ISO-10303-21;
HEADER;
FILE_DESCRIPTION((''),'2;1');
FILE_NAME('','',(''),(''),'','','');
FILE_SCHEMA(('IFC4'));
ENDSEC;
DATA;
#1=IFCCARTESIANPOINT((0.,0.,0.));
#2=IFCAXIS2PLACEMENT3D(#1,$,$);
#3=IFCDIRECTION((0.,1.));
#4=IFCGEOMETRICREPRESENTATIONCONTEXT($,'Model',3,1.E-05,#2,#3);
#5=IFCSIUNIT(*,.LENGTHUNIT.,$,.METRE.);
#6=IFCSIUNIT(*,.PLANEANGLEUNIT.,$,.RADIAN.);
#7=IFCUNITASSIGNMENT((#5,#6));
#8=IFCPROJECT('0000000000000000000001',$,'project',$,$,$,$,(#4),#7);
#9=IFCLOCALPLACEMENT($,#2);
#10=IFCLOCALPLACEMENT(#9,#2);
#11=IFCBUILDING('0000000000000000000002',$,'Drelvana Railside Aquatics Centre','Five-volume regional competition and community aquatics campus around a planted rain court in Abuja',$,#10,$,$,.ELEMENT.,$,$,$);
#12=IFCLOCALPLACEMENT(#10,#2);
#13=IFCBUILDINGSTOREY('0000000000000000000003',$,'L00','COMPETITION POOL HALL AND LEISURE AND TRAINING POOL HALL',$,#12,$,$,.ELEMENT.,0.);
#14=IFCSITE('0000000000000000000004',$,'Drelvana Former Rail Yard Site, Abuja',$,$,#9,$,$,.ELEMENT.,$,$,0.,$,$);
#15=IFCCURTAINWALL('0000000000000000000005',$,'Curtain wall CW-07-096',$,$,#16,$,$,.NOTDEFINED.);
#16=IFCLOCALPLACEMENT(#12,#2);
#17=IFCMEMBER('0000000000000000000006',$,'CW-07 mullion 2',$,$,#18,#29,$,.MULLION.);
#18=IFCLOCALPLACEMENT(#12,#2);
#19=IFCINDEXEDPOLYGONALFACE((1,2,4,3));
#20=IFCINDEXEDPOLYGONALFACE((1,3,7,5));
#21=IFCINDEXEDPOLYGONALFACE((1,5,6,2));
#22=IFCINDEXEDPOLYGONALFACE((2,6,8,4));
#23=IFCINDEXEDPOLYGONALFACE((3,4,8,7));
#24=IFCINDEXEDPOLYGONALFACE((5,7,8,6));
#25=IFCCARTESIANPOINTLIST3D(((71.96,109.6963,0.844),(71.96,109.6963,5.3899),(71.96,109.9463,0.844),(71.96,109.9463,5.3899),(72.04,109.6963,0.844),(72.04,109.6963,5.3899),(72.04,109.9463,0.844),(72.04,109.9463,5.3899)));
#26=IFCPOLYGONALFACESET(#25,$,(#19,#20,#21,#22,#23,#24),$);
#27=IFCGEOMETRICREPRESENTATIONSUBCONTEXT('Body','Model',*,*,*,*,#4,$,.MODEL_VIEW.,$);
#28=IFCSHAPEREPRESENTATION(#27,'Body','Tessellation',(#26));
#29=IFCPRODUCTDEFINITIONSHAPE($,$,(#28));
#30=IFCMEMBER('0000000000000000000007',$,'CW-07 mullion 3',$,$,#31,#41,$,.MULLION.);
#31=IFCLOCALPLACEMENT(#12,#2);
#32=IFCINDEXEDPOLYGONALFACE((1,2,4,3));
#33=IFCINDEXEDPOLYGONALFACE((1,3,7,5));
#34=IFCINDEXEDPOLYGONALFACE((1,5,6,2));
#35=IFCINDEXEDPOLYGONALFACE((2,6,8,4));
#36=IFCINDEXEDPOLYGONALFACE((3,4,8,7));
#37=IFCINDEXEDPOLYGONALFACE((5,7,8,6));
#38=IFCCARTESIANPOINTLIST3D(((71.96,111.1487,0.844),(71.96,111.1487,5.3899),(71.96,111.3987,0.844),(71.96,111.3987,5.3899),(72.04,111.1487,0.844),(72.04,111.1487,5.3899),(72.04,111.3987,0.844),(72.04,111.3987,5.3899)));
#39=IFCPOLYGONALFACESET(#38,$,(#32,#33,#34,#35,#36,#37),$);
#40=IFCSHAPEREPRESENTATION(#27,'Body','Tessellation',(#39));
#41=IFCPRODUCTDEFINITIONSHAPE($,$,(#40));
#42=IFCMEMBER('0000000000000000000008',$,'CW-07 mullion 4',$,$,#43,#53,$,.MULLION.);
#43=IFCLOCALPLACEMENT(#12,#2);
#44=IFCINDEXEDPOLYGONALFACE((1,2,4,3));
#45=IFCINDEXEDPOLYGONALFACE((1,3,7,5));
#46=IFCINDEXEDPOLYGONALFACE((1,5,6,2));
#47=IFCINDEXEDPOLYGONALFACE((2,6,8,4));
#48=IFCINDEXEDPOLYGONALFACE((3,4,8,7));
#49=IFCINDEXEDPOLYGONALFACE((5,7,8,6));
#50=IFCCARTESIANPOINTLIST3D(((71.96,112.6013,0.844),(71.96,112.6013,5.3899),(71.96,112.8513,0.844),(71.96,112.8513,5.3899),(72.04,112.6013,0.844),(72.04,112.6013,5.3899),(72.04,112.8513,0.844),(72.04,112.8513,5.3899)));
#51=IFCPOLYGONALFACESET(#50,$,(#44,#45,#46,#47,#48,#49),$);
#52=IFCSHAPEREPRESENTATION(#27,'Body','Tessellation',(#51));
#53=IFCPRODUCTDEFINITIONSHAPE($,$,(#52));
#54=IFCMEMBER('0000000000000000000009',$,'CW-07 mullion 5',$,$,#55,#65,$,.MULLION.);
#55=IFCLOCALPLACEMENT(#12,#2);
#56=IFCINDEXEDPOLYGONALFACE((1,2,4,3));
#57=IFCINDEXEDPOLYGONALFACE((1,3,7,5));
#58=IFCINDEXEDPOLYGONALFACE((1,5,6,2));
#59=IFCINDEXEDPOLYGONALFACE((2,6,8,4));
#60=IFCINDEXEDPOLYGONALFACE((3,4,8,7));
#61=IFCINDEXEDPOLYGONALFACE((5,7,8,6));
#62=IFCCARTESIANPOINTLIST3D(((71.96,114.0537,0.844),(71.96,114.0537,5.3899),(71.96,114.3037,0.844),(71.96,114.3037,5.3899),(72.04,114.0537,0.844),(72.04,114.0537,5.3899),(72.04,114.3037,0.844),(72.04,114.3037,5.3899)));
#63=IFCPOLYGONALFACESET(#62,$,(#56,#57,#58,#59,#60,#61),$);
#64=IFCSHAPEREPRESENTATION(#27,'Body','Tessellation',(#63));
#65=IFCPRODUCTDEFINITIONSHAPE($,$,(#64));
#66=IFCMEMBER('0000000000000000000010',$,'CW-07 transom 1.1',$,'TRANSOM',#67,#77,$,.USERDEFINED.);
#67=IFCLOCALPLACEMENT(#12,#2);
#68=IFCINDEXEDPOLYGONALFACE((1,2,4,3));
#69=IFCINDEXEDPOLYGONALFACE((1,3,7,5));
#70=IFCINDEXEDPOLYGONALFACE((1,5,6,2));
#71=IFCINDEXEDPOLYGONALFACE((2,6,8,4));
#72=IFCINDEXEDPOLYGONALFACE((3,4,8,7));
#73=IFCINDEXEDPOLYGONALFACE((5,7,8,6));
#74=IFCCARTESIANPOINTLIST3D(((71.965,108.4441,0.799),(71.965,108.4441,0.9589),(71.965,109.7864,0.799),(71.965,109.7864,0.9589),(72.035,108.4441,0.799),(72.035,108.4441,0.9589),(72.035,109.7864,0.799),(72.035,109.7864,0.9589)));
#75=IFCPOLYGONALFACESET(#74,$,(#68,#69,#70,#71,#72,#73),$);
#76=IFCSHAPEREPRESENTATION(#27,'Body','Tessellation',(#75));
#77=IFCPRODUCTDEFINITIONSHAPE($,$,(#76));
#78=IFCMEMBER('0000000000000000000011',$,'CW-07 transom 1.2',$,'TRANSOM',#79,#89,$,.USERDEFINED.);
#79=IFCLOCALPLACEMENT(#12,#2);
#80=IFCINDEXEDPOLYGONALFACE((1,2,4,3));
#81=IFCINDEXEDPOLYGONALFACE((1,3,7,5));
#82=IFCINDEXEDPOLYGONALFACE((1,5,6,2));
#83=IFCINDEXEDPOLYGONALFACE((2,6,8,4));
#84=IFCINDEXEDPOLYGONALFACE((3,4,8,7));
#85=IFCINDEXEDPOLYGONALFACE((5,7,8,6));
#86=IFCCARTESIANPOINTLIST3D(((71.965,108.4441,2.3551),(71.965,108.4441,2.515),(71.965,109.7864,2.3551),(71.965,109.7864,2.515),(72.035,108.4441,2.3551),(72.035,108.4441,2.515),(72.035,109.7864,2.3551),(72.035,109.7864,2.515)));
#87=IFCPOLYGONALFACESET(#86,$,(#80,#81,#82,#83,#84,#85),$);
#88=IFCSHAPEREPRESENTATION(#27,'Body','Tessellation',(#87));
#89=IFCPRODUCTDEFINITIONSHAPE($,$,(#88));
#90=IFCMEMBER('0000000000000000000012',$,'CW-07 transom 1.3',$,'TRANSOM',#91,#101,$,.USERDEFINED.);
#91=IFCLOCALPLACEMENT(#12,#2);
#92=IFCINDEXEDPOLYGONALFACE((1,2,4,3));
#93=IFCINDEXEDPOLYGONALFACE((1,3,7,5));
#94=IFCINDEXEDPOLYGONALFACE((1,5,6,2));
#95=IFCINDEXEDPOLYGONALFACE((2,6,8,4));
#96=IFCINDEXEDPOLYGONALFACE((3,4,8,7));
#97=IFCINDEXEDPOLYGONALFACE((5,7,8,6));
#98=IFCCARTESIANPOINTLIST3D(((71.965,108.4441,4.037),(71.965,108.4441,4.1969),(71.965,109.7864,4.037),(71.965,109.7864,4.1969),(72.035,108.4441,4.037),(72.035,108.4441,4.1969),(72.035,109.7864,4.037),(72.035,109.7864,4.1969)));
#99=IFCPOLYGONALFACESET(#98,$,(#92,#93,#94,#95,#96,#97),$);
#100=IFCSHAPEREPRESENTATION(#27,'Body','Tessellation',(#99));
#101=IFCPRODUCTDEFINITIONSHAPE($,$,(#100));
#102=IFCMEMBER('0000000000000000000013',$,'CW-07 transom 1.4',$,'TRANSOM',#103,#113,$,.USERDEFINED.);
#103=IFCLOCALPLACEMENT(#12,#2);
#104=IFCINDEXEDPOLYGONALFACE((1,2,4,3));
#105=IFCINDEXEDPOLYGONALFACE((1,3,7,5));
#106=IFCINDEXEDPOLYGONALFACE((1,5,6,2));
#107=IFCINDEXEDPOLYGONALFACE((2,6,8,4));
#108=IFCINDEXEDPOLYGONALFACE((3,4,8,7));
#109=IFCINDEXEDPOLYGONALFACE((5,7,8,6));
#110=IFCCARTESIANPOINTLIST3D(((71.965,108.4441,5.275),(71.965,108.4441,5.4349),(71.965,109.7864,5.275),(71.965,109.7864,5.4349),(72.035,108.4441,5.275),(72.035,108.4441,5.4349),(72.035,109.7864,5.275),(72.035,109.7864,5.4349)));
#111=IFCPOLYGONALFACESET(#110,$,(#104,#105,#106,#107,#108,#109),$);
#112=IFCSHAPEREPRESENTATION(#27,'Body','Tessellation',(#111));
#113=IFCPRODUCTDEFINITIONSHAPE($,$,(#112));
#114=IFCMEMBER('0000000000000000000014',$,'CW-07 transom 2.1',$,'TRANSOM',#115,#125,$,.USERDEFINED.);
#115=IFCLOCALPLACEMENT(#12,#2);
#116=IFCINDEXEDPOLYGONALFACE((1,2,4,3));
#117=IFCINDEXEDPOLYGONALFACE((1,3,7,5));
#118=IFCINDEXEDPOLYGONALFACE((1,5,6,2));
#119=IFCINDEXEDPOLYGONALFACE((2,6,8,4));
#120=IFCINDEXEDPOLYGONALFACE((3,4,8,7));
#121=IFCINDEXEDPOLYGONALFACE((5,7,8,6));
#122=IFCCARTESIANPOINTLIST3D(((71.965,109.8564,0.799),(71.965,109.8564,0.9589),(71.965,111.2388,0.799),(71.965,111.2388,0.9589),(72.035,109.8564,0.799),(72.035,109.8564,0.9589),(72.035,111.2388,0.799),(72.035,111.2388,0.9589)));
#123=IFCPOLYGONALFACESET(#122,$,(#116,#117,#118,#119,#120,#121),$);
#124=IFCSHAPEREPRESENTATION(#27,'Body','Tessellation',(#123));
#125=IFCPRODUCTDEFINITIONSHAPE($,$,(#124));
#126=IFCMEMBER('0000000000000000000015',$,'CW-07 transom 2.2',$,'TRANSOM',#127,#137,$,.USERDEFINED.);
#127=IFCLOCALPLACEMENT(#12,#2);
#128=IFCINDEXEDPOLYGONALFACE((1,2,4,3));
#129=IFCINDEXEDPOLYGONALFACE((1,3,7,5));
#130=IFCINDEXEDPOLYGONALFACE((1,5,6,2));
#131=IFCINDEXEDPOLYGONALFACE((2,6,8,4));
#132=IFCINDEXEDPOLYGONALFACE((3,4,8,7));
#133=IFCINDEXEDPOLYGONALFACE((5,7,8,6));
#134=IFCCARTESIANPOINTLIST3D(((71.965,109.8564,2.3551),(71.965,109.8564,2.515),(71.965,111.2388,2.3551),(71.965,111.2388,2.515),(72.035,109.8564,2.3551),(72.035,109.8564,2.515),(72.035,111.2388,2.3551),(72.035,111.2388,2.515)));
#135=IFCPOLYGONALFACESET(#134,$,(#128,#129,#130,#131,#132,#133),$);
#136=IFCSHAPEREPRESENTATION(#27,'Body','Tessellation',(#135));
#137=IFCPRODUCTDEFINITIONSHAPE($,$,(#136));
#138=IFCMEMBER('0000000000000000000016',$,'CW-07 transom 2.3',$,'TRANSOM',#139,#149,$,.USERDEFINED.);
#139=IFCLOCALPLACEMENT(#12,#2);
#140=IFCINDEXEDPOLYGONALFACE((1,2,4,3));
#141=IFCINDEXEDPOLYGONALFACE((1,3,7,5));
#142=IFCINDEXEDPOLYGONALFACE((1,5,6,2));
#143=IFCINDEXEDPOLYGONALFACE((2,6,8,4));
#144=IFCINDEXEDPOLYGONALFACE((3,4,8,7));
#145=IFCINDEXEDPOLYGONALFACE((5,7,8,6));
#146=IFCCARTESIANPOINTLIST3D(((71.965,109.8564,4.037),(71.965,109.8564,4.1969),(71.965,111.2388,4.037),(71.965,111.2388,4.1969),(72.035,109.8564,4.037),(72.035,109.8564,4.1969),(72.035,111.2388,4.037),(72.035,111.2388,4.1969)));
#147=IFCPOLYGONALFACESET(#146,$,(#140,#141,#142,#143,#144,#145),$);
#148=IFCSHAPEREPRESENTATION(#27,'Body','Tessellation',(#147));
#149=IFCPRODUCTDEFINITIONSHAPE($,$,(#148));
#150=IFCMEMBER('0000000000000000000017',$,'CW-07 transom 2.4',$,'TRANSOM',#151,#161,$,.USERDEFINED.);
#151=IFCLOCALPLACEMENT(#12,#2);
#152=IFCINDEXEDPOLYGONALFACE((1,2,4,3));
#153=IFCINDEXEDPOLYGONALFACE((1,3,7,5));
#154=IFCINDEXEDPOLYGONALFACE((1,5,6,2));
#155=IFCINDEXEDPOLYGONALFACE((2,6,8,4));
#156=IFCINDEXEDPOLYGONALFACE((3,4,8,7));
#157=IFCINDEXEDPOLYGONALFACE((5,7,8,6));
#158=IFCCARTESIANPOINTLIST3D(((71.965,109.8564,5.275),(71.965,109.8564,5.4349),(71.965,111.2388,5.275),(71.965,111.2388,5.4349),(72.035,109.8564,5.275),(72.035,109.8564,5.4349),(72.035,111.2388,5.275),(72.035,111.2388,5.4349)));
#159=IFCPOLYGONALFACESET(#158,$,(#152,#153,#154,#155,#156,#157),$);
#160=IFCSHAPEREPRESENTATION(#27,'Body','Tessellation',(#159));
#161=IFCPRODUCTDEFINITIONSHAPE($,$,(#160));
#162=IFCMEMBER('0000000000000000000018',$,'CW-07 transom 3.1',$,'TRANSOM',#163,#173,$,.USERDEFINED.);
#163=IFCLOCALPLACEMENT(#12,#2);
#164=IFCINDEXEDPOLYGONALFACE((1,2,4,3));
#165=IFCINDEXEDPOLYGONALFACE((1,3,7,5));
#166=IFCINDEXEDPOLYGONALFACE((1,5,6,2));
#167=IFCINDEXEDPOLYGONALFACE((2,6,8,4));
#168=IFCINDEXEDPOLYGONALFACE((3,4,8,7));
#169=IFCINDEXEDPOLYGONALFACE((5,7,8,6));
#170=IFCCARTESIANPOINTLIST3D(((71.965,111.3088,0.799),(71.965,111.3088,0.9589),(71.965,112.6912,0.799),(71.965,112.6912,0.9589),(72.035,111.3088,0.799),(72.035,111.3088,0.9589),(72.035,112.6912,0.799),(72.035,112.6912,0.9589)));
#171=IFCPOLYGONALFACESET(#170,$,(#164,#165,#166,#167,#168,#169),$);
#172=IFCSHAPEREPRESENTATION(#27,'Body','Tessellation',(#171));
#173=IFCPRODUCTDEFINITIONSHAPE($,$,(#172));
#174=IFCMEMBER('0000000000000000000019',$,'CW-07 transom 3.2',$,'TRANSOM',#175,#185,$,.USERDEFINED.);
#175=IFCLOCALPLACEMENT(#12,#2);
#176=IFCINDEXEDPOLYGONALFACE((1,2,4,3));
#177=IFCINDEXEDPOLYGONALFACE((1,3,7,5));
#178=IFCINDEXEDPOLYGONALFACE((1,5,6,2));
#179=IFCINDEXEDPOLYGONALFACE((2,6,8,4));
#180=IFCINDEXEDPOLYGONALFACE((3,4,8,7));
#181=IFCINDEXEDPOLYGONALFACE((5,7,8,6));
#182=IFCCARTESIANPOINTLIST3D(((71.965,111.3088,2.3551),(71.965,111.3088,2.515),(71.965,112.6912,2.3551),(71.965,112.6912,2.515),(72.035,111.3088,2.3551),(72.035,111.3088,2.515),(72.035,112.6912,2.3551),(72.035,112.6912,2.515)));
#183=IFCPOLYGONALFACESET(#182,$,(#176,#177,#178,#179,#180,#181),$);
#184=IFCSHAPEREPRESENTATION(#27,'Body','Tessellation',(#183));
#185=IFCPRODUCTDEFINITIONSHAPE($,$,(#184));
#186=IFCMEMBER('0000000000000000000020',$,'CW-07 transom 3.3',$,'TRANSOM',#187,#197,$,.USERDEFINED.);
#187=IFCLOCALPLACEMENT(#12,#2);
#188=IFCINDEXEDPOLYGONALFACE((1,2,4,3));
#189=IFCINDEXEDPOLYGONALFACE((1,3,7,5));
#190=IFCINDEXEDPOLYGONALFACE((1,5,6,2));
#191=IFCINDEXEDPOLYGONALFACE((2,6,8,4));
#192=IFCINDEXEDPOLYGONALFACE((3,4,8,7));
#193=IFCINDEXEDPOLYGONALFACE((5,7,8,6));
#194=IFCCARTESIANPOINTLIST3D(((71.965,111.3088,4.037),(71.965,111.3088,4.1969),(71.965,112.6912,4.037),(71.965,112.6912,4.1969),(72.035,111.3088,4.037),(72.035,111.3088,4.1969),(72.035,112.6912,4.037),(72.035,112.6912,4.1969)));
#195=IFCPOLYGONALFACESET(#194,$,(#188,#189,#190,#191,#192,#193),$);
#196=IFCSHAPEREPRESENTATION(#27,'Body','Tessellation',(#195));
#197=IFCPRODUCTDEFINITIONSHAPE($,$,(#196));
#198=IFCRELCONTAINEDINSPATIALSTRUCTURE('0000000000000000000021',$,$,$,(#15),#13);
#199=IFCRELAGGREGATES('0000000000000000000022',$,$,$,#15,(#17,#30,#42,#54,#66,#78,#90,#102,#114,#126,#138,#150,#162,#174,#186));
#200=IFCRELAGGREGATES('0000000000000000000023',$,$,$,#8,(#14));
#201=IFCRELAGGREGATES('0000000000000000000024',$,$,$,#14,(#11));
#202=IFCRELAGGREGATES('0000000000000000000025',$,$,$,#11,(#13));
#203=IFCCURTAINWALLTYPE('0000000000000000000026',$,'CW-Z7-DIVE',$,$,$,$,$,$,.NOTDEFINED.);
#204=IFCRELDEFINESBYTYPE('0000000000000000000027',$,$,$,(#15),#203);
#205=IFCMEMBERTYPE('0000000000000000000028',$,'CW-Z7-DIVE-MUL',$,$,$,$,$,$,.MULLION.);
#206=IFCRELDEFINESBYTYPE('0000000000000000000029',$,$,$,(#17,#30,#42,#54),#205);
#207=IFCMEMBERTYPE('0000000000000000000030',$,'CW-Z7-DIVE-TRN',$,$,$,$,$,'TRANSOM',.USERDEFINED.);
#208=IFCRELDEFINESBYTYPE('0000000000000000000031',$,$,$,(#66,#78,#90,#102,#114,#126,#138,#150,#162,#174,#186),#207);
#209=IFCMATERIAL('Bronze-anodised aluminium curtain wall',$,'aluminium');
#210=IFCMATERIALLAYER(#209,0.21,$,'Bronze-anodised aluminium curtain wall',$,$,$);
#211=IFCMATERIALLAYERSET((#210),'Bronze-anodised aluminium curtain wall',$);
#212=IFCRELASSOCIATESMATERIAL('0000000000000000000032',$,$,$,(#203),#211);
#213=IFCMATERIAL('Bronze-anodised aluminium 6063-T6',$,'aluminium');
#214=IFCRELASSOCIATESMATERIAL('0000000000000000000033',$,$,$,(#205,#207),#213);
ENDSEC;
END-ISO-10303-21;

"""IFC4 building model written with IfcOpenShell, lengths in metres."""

from ifc_helpers import new_model, si_unit, direction, frame, origin, origin_2d, place, context, subcontext, project, spatial, rectangle, extrude, material, layer, layer_set, material_profile, profile_set, type_object, element, aggregate, save


model = new_model("IFC4")

# Units and contexts
model_context = context("Model", 3, precision=1e-05, world=origin(), true_north=direction((0.0, 1.0)))
body_context = subcontext(model_context, "Body", "Model", "MODEL_VIEW")
ifc_project = project(units=[si_unit("LENGTHUNIT", "METRE"), si_unit("PLANEANGLEUNIT", "RADIAN")], contexts=[model_context])

# Site, building, storey
site_placement = place(None, origin())
site = spatial("IfcSite", under=ifc_project, at=site_placement, Name="Drelvana Former Rail Yard Site, Abuja", CompositionType="ELEMENT", RefElevation=0.0)
building_placement = place(site_placement, origin())
building = spatial("IfcBuilding", under=site, at=building_placement, Name="Drelvana Railside Aquatics Centre", Description="Five-volume regional competition and community aquatics campus around a planted rain court in Abuja", CompositionType="ELEMENT")
storey_placement = place(building_placement, origin())
storey = spatial("IfcBuildingStorey", under=building, at=storey_placement, Name="L00", Description="COMPETITION POOL HALL AND LEISURE AND TRAINING POOL HALL", CompositionType="ELEMENT", Elevation=0.0)

# Curtain wall, members
ifc_material_1 = material(Name="Bronze-anodised aluminium curtain wall", Category="aluminium")
ifc_layer_1 = layer(ifc_material_1, 0.21, Name="Bronze-anodised aluminium curtain wall")
ifc_layer_set_1 = layer_set([ifc_layer_1], Name="Bronze-anodised aluminium curtain wall")
curtain_wall_type = type_object("IfcCurtainWallType", Name="CW-Z7-DIVE", PredefinedType="NOTDEFINED", material=ifc_layer_set_1)
curtain_wall_placement = place(storey_placement, origin())
curtain_wall = element("IfcCurtainWall", 1, at=curtain_wall_placement, inside=storey, type_object=curtain_wall_type, Name="Curtain wall CW-07-096", PredefinedType="NOTDEFINED")
ifc_material_2 = material(Name="Bronze-anodised aluminium 6063-T6", Category="aluminium")
ifc_material_profile_1 = material_profile(ifc_material_2, rectangle(XDim=0.0801, YDim=0.25, at=origin_2d()), Name="ALU-M 80x250")
ifc_profile_set_1 = profile_set([ifc_material_profile_1], Name="Bronze-anodised aluminium 6063-T6")
member_type_1 = type_object("IfcMemberType", Name="CW-Z7-DIVE-MUL", PredefinedType="MULLION", material=ifc_profile_set_1)
member_1_placement = place(storey_placement, frame((72.0, 109.8213, 0.844), z_axis=(0.0, 0.0, 1.0), x_axis=(-1.0, 0.0, 0.0)))
member_1 = element("IfcMember", 2, at=member_1_placement, type_object=member_type_1, Name="CW-07 mullion 2", PredefinedType="MULLION", context=body_context, shape_type="SweptSolid", body=[
    extrude(rectangle(XDim=0.0801, YDim=0.25, at=origin_2d()), origin(), (0.0, 0.0, 1.0), 4.5459),
])
member_2_placement = place(storey_placement, frame((72.0, 111.2737, 0.844), z_axis=(0.0, 0.0, 1.0), x_axis=(-1.0, 0.0, 0.0)))
member_2 = element("IfcMember", 3, at=member_2_placement, type_object=member_type_1, Name="CW-07 mullion 3", PredefinedType="MULLION", context=body_context, shape_type="SweptSolid", body=[
    extrude(rectangle(XDim=0.0801, YDim=0.25, at=origin_2d()), origin(), (0.0, 0.0, 1.0), 4.5459),
])
member_3_placement = place(storey_placement, frame((72.0, 112.7263, 0.844), z_axis=(0.0, 0.0, 1.0), x_axis=(-1.0, 0.0, 0.0)))
member_3 = element("IfcMember", 4, at=member_3_placement, type_object=member_type_1, Name="CW-07 mullion 4", PredefinedType="MULLION", context=body_context, shape_type="SweptSolid", body=[
    extrude(rectangle(XDim=0.0801, YDim=0.25, at=origin_2d()), origin(), (0.0, 0.0, 1.0), 4.5459),
])
member_4_placement = place(storey_placement, frame((72.0, 114.1787, 0.844), z_axis=(0.0, 0.0, 1.0), x_axis=(-1.0, 0.0, 0.0)))
member_4 = element("IfcMember", 5, at=member_4_placement, type_object=member_type_1, Name="CW-07 mullion 5", PredefinedType="MULLION", context=body_context, shape_type="SweptSolid", body=[
    extrude(rectangle(XDim=0.0801, YDim=0.25, at=origin_2d()), origin(), (0.0, 0.0, 1.0), 4.5459),
])
ifc_material_profile_2 = material_profile(ifc_material_2, rectangle(XDim=0.1599, YDim=0.0701, at=origin_2d()), Name="ALU-T 70x160")
ifc_profile_set_2 = profile_set([ifc_material_profile_2], Name="Bronze-anodised aluminium 6063-T6")
member_type_2 = type_object("IfcMemberType", Name="CW-Z7-DIVE-TRN", ElementType="TRANSOM", PredefinedType="USERDEFINED", material=ifc_profile_set_2)
member_5_placement = place(storey_placement, frame((72.0, 108.4441, 0.8789), z_axis=(0.0, 1.0, 0.0), x_axis=(0.0, 0.0, 1.0)))
member_5 = element("IfcMember", 6, at=member_5_placement, type_object=member_type_2, Name="CW-07 transom 1.1", ObjectType="TRANSOM", PredefinedType="USERDEFINED", context=body_context, shape_type="SweptSolid", body=[
    extrude(rectangle(XDim=0.1599, YDim=0.0701, at=origin_2d()), origin(), (0.0, 0.0, 1.0), 1.3423),
])
member_6_placement = place(storey_placement, frame((72.0, 108.4441, 2.4351), z_axis=(0.0, 1.0, 0.0), x_axis=(0.0, 0.0, 1.0)))
member_6 = element("IfcMember", 7, at=member_6_placement, type_object=member_type_2, Name="CW-07 transom 1.2", ObjectType="TRANSOM", PredefinedType="USERDEFINED", context=body_context, shape_type="SweptSolid", body=[
    extrude(rectangle(XDim=0.1599, YDim=0.0701, at=origin_2d()), origin(), (0.0, 0.0, 1.0), 1.3423),
])
member_7_placement = place(storey_placement, frame((72.0, 108.4441, 4.1169), z_axis=(0.0, 1.0, 0.0), x_axis=(0.0, 0.0, 1.0)))
member_7 = element("IfcMember", 8, at=member_7_placement, type_object=member_type_2, Name="CW-07 transom 1.3", ObjectType="TRANSOM", PredefinedType="USERDEFINED", context=body_context, shape_type="SweptSolid", body=[
    extrude(rectangle(XDim=0.1599, YDim=0.0701, at=origin_2d()), origin(), (0.0, 0.0, 1.0), 1.3423),
])
member_8_placement = place(storey_placement, frame((72.0, 108.4441, 5.355), z_axis=(0.0, 1.0, 0.0), x_axis=(0.0, 0.0, 1.0)))
member_8 = element("IfcMember", 9, at=member_8_placement, type_object=member_type_2, Name="CW-07 transom 1.4", ObjectType="TRANSOM", PredefinedType="USERDEFINED", context=body_context, shape_type="SweptSolid", body=[
    extrude(rectangle(XDim=0.1599, YDim=0.0701, at=origin_2d()), origin(), (0.0, 0.0, 1.0), 1.3423),
])
member_9_placement = place(storey_placement, frame((72.0, 109.8564, 0.8789), z_axis=(0.0, 1.0, 0.0), x_axis=(0.0, 0.0, 1.0)))
member_9 = element("IfcMember", 10, at=member_9_placement, type_object=member_type_2, Name="CW-07 transom 2.1", ObjectType="TRANSOM", PredefinedType="USERDEFINED", context=body_context, shape_type="SweptSolid", body=[
    extrude(rectangle(XDim=0.1599, YDim=0.0701, at=origin_2d()), origin(), (0.0, 0.0, 1.0), 1.3823),
])
member_10_placement = place(storey_placement, frame((72.0, 109.8564, 2.4351), z_axis=(0.0, 1.0, 0.0), x_axis=(0.0, 0.0, 1.0)))
member_10 = element("IfcMember", 11, at=member_10_placement, type_object=member_type_2, Name="CW-07 transom 2.2", ObjectType="TRANSOM", PredefinedType="USERDEFINED", context=body_context, shape_type="SweptSolid", body=[
    extrude(rectangle(XDim=0.1599, YDim=0.0701, at=origin_2d()), origin(), (0.0, 0.0, 1.0), 1.3823),
])
member_11_placement = place(storey_placement, frame((72.0, 109.8564, 4.1169), z_axis=(0.0, 1.0, 0.0), x_axis=(0.0, 0.0, 1.0)))
member_11 = element("IfcMember", 12, at=member_11_placement, type_object=member_type_2, Name="CW-07 transom 2.3", ObjectType="TRANSOM", PredefinedType="USERDEFINED", context=body_context, shape_type="SweptSolid", body=[
    extrude(rectangle(XDim=0.1599, YDim=0.0701, at=origin_2d()), origin(), (0.0, 0.0, 1.0), 1.3823),
])
member_12_placement = place(storey_placement, frame((72.0, 109.8564, 5.355), z_axis=(0.0, 1.0, 0.0), x_axis=(0.0, 0.0, 1.0)))
member_12 = element("IfcMember", 13, at=member_12_placement, type_object=member_type_2, Name="CW-07 transom 2.4", ObjectType="TRANSOM", PredefinedType="USERDEFINED", context=body_context, shape_type="SweptSolid", body=[
    extrude(rectangle(XDim=0.1599, YDim=0.0701, at=origin_2d()), origin(), (0.0, 0.0, 1.0), 1.3823),
])
member_13_placement = place(storey_placement, frame((72.0, 111.3088, 0.8789), z_axis=(0.0, 1.0, 0.0), x_axis=(0.0, 0.0, 1.0)))
member_13 = element("IfcMember", 14, at=member_13_placement, type_object=member_type_2, Name="CW-07 transom 3.1", ObjectType="TRANSOM", PredefinedType="USERDEFINED", context=body_context, shape_type="SweptSolid", body=[
    extrude(rectangle(XDim=0.1599, YDim=0.0701, at=origin_2d()), origin(), (0.0, 0.0, 1.0), 1.3823),
])
member_14_placement = place(storey_placement, frame((72.0, 111.3088, 2.4351), z_axis=(0.0, 1.0, 0.0), x_axis=(0.0, 0.0, 1.0)))
member_14 = element("IfcMember", 15, at=member_14_placement, type_object=member_type_2, Name="CW-07 transom 3.2", ObjectType="TRANSOM", PredefinedType="USERDEFINED", context=body_context, shape_type="SweptSolid", body=[
    extrude(rectangle(XDim=0.1599, YDim=0.0701, at=origin_2d()), origin(), (0.0, 0.0, 1.0), 1.3823),
])
member_15_placement = place(storey_placement, frame((72.0, 111.3088, 4.1169), z_axis=(0.0, 1.0, 0.0), x_axis=(0.0, 0.0, 1.0)))
member_15 = element("IfcMember", 16, at=member_15_placement, type_object=member_type_2, Name="CW-07 transom 3.3", ObjectType="TRANSOM", PredefinedType="USERDEFINED", context=body_context, shape_type="SweptSolid", body=[
    extrude(rectangle(XDim=0.1599, YDim=0.0701, at=origin_2d()), origin(), (0.0, 0.0, 1.0), 1.3823),
])
aggregate(curtain_wall, [member_1, member_2, member_3, member_4, member_5, member_6, member_7, member_8, member_9, member_10, member_11, member_12, member_13, member_14, member_15])

save(model, "model.ifc")
